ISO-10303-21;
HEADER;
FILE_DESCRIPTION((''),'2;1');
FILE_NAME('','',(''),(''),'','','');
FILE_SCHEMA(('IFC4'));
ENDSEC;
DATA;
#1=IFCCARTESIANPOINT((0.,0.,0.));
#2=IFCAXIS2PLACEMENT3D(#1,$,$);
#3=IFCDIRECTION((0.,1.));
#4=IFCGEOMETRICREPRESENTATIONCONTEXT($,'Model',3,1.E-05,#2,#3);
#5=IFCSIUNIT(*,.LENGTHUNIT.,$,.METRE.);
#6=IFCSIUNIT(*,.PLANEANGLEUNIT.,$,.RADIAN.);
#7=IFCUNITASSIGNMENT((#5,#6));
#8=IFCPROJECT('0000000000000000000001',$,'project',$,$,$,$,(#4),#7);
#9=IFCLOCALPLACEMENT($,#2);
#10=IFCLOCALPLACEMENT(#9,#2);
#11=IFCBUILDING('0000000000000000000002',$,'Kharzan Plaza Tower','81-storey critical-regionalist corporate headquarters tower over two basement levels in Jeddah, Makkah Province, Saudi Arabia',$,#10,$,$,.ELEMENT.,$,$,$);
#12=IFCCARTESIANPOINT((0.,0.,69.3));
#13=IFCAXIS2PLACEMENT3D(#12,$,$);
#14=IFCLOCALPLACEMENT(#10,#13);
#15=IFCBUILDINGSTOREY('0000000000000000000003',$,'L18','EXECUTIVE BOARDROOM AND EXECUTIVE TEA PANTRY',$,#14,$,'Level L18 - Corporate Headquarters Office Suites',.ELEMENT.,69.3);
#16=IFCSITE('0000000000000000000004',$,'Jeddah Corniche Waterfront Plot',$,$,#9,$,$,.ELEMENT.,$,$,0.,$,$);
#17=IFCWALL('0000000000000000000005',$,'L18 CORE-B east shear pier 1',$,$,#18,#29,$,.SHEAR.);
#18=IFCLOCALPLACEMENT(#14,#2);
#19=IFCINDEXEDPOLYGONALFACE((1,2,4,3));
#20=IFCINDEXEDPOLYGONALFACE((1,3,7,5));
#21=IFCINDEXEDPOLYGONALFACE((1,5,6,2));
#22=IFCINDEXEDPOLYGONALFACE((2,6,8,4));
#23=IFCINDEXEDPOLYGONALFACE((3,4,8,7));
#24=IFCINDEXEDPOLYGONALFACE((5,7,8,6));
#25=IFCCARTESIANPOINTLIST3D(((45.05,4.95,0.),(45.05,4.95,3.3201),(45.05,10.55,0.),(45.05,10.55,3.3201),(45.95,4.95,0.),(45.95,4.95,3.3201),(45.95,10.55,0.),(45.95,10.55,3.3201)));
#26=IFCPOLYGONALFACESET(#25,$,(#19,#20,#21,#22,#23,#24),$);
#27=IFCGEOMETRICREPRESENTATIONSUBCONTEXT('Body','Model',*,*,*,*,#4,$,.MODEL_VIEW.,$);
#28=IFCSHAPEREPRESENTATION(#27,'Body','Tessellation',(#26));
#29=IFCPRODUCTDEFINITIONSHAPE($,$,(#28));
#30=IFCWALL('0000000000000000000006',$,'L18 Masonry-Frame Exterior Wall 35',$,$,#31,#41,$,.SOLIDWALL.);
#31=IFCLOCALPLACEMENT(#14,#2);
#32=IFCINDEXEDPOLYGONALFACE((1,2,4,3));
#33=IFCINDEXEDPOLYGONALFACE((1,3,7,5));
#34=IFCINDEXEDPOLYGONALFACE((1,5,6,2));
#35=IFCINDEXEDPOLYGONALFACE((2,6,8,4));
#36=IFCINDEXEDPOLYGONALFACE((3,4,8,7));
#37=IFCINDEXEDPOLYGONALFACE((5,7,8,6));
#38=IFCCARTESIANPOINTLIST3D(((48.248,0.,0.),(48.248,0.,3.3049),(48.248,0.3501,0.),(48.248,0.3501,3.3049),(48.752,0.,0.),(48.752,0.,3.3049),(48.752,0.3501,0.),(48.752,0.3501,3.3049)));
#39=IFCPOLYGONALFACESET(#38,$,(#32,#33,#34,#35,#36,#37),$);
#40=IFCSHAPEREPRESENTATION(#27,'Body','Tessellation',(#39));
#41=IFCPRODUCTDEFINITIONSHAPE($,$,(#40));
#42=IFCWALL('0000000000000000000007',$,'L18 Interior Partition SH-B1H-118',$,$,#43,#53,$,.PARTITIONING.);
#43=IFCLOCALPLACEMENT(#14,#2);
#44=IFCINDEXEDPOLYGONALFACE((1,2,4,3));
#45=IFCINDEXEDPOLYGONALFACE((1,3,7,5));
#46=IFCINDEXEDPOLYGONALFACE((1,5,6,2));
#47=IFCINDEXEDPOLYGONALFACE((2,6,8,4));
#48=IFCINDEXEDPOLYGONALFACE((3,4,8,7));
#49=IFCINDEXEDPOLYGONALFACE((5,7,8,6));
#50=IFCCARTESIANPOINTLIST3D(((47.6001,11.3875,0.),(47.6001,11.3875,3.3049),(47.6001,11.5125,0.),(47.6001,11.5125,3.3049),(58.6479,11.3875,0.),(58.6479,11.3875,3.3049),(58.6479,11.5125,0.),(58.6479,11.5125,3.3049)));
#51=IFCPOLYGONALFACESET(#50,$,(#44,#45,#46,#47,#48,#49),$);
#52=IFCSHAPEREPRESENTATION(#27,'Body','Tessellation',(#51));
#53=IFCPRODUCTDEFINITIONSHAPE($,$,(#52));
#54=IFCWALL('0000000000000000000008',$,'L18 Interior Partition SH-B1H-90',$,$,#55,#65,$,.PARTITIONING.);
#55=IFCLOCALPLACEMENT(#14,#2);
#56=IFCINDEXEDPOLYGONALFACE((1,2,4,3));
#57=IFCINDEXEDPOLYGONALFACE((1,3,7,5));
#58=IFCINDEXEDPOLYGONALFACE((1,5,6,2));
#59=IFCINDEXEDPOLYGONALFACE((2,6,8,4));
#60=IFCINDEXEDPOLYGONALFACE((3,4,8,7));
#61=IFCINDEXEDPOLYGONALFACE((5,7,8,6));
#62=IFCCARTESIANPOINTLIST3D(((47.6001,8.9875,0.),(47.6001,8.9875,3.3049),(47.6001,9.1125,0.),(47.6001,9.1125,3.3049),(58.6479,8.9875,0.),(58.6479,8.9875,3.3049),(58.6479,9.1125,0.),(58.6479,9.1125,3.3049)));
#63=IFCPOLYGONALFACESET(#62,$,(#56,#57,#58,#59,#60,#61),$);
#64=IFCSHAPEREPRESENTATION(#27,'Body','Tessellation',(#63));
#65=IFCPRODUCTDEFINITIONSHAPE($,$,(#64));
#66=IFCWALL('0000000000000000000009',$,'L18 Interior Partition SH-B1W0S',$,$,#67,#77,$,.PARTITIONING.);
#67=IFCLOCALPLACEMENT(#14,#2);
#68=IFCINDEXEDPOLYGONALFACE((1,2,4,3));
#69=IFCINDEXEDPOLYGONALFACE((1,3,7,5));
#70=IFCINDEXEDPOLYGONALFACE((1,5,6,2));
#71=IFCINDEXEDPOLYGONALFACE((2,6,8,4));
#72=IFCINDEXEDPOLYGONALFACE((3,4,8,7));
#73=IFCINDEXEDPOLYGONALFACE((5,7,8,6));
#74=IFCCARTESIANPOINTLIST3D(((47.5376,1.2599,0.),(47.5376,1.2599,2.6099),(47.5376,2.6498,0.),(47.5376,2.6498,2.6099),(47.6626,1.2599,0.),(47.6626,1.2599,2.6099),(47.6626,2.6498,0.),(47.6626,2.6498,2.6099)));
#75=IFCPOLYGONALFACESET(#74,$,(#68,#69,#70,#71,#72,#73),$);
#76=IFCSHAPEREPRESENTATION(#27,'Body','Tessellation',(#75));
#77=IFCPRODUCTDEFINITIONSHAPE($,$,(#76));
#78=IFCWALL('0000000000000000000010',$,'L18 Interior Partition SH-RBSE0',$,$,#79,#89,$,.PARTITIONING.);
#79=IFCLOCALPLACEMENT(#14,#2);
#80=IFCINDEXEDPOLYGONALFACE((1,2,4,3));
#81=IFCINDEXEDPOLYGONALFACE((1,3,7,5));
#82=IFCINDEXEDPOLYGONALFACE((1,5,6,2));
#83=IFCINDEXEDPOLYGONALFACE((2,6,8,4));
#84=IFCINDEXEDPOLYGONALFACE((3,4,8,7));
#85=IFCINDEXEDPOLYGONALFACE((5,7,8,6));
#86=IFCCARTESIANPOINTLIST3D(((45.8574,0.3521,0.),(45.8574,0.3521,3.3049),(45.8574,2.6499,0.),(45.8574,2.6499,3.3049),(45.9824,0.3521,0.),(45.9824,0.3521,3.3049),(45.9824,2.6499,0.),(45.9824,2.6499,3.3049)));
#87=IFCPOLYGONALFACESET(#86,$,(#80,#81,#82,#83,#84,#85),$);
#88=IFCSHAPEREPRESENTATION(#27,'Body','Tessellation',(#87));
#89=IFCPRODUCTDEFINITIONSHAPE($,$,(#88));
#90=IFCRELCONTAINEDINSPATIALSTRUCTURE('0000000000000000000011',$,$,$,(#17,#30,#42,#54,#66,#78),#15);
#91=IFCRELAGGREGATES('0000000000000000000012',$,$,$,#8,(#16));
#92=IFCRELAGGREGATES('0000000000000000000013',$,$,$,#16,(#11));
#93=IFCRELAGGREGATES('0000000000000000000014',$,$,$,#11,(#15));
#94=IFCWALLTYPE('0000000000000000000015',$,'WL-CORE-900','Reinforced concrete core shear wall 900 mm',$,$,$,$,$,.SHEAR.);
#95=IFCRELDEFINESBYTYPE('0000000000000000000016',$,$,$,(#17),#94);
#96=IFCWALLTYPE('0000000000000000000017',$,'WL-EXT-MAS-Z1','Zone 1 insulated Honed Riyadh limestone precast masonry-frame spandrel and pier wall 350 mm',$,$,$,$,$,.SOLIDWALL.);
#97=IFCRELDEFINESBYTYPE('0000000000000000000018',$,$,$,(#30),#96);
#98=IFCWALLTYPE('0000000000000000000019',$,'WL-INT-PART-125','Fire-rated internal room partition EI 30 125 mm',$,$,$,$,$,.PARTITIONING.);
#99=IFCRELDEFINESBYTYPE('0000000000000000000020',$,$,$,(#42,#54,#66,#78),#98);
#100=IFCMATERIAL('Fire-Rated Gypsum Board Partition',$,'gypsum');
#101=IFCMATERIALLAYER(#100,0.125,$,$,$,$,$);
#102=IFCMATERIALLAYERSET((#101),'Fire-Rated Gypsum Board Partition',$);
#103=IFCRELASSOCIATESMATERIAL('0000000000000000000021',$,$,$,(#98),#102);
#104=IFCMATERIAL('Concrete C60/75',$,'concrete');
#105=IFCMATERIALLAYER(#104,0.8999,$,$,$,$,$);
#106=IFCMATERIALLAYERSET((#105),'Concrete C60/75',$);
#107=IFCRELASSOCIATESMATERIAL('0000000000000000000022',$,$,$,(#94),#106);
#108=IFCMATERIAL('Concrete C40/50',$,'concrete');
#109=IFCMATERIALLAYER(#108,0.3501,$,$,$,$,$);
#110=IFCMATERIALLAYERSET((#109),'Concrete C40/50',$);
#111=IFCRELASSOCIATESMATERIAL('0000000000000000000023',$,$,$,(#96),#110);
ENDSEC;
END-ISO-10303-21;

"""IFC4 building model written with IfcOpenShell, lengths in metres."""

from ifc_helpers import new_model, si_unit, direction, frame, frame_2d, origin, place, context, subcontext, project, spatial, rectangle, extrude, source, transform, mapped, material, layer, layer_set, type_object, element, save


model = new_model("IFC4")

# Units and contexts
model_context = context("Model", 3, precision=1e-05, world=origin(), true_north=direction((0.0, 1.0)))
body_context = subcontext(model_context, "Body", "Model", "MODEL_VIEW")
ifc_project = project(units=[si_unit("LENGTHUNIT", "METRE"), si_unit("PLANEANGLEUNIT", "RADIAN")], contexts=[model_context])

# Site, building, storey
site_placement = place(None, origin())
site = spatial("IfcSite", under=ifc_project, at=site_placement, Name="Jeddah Corniche Waterfront Plot", CompositionType="ELEMENT", RefElevation=0.0)
building_placement = place(site_placement, origin())
building = spatial("IfcBuilding", under=site, at=building_placement, Name="Kharzan Plaza Tower", Description="81-storey critical-regionalist corporate headquarters tower over two basement levels in Jeddah, Makkah Province, Saudi Arabia", CompositionType="ELEMENT")
storey_placement = place(building_placement, frame((0.0, 0.0, 69.3)))
storey = spatial("IfcBuildingStorey", under=building, at=storey_placement, Name="L18", Description="EXECUTIVE BOARDROOM AND EXECUTIVE TEA PANTRY", LongName="Level L18 - Corporate Headquarters Office Suites", CompositionType="ELEMENT", Elevation=69.3)

# Shared definitions
ifc_material_1 = material(Name="Concrete C60/75", Category="concrete")

# Shared definitions
ifc_material_2 = material(Name="Fire-Rated Gypsum Board Partition", Category="gypsum")
ifc_layer_1 = layer(ifc_material_2, 0.125)
ifc_layer_set_1 = layer_set([ifc_layer_1], Name="Fire-Rated Gypsum Board Partition")
wall_type_1 = type_object("IfcWallType", Name="WL-INT-PART-125", Description="Fire-rated internal room partition EI 30 125 mm", PredefinedType="PARTITIONING", material=ifc_layer_set_1)

# Walls
ifc_layer_2 = layer(ifc_material_1, 0.8999)
ifc_layer_set_2 = layer_set([ifc_layer_2], Name="Concrete C60/75")
wall_type_2 = type_object("IfcWallType", Name="WL-CORE-900", Description="Reinforced concrete core shear wall 900 mm", PredefinedType="SHEAR", material=ifc_layer_set_2)
shared_shape_1 = source(origin(), body_context, "Body", "SweptSolid", [
    extrude(rectangle(XDim=5.6001, YDim=0.8999, at=frame_2d((2.8, 0.0))), origin(), (0.0, 0.0, 1.0), 3.3201),
])
wall_1_placement = place(storey_placement, frame((45.5, 4.95, 0.0), z_axis=(0.0, 0.0, 1.0), x_axis=(0.0, 1.0, 0.0)))
element("IfcWall", 1, at=wall_1_placement, inside=storey, type_object=wall_type_2, Name="L18 CORE-B east shear pier 1", PredefinedType="SHEAR", context=body_context, shape_type="MappedRepresentation", body=[
    mapped(shared_shape_1, transform((0.0, 0.0, 0.0), x_axis=(1.0, 0.0, 0.0), y_axis=(0.0, 1.0, 0.0), z_axis=(0.0, 0.0, 1.0))),
])
ifc_material_3 = material(Name="Concrete C40/50", Category="concrete")
ifc_layer_3 = layer(ifc_material_3, 0.3501)
ifc_layer_set_3 = layer_set([ifc_layer_3], Name="Concrete C40/50")
wall_type_3 = type_object("IfcWallType", Name="WL-EXT-MAS-Z1", Description="Zone 1 insulated Honed Riyadh limestone precast masonry-frame spandrel and pier wall 350 mm", PredefinedType="SOLIDWALL", material=ifc_layer_set_3)
shared_shape_2 = source(origin(), body_context, "Body", "SweptSolid", [
    extrude(rectangle(XDim=0.5039, YDim=0.3501, at=frame_2d((0.252, 0.0))), origin(), (0.0, 0.0, 1.0), 3.3049),
])
wall_2_placement = place(storey_placement, frame((48.248, 0.175, 0.0), z_axis=(0.0, 0.0, 1.0), x_axis=(1.0, 0.0, 0.0)))
element("IfcWall", 2, at=wall_2_placement, inside=storey, type_object=wall_type_3, Name="L18 Masonry-Frame Exterior Wall 35", PredefinedType="SOLIDWALL", context=body_context, shape_type="MappedRepresentation", body=[
    mapped(shared_shape_2, transform((0.0, 0.0, 0.0), x_axis=(1.0, 0.0, 0.0), y_axis=(0.0, 1.0, 0.0), z_axis=(0.0, 0.0, 1.0))),
])
shared_shape_3 = source(origin(), body_context, "Body", "SweptSolid", [
    extrude(rectangle(XDim=11.0479, YDim=0.125, at=frame_2d((5.5239, 0.0))), origin(), (0.0, 0.0, 1.0), 3.3049),
])
for number, where, z_axis, x_axis, name in (
    (3, (47.6001, 11.45, 0.0), (0.0, 0.0, 1.0), (1.0, 0.0, 0.0), "L18 Interior Partition SH-B1H-118"),
    (4, (47.6001, 9.05, 0.0), (0.0, 0.0, 1.0), (1.0, 0.0, 0.0), "L18 Interior Partition SH-B1H-90"),
):
    element("IfcWall", number, at=place(storey_placement, frame(where, z_axis=z_axis, x_axis=x_axis)), inside=storey, type_object=wall_type_1, Name=name, PredefinedType="PARTITIONING", context=body_context, shape_type="MappedRepresentation", body=[
        mapped(shared_shape_3, transform((0.0, 0.0, 0.0), x_axis=(1.0, 0.0, 0.0), y_axis=(0.0, 1.0, 0.0), z_axis=(0.0, 0.0, 1.0))),
    ])
shared_shape_4 = source(origin(), body_context, "Body", "SweptSolid", [
    extrude(rectangle(XDim=1.3899, YDim=0.125, at=frame_2d((0.6948, 0.0))), origin(), (0.0, 0.0, 1.0), 2.6099),
])
wall_3_placement = place(storey_placement, frame((47.6001, 1.26, 0.0), z_axis=(0.0, 0.0, 1.0), x_axis=(0.0, 1.0, 0.0)))
element("IfcWall", 5, at=wall_3_placement, inside=storey, type_object=wall_type_1, Name="L18 Interior Partition SH-B1W0S", PredefinedType="PARTITIONING", context=body_context, shape_type="MappedRepresentation", body=[
    mapped(shared_shape_4, transform((0.0, 0.0, 0.0), x_axis=(1.0, 0.0, 0.0), y_axis=(0.0, 1.0, 0.0), z_axis=(0.0, 0.0, 1.0))),
])
shared_shape_5 = source(origin(), body_context, "Body", "SweptSolid", [
    extrude(rectangle(XDim=2.2979, YDim=0.125, at=frame_2d((1.1489, 0.0))), origin(), (0.0, 0.0, 1.0), 3.3049),
])
wall_4_placement = place(storey_placement, frame((45.9199, 0.3521, 0.0), z_axis=(0.0, 0.0, 1.0), x_axis=(0.0, 1.0, 0.0)))
element("IfcWall", 6, at=wall_4_placement, inside=storey, type_object=wall_type_1, Name="L18 Interior Partition SH-RBSE0", PredefinedType="PARTITIONING", context=body_context, shape_type="MappedRepresentation", body=[
    mapped(shared_shape_5, transform((0.0, 0.0, 0.0), x_axis=(1.0, 0.0, 0.0), y_axis=(0.0, 1.0, 0.0), z_axis=(0.0, 0.0, 1.0))),
])

save(model, "model.ifc")
